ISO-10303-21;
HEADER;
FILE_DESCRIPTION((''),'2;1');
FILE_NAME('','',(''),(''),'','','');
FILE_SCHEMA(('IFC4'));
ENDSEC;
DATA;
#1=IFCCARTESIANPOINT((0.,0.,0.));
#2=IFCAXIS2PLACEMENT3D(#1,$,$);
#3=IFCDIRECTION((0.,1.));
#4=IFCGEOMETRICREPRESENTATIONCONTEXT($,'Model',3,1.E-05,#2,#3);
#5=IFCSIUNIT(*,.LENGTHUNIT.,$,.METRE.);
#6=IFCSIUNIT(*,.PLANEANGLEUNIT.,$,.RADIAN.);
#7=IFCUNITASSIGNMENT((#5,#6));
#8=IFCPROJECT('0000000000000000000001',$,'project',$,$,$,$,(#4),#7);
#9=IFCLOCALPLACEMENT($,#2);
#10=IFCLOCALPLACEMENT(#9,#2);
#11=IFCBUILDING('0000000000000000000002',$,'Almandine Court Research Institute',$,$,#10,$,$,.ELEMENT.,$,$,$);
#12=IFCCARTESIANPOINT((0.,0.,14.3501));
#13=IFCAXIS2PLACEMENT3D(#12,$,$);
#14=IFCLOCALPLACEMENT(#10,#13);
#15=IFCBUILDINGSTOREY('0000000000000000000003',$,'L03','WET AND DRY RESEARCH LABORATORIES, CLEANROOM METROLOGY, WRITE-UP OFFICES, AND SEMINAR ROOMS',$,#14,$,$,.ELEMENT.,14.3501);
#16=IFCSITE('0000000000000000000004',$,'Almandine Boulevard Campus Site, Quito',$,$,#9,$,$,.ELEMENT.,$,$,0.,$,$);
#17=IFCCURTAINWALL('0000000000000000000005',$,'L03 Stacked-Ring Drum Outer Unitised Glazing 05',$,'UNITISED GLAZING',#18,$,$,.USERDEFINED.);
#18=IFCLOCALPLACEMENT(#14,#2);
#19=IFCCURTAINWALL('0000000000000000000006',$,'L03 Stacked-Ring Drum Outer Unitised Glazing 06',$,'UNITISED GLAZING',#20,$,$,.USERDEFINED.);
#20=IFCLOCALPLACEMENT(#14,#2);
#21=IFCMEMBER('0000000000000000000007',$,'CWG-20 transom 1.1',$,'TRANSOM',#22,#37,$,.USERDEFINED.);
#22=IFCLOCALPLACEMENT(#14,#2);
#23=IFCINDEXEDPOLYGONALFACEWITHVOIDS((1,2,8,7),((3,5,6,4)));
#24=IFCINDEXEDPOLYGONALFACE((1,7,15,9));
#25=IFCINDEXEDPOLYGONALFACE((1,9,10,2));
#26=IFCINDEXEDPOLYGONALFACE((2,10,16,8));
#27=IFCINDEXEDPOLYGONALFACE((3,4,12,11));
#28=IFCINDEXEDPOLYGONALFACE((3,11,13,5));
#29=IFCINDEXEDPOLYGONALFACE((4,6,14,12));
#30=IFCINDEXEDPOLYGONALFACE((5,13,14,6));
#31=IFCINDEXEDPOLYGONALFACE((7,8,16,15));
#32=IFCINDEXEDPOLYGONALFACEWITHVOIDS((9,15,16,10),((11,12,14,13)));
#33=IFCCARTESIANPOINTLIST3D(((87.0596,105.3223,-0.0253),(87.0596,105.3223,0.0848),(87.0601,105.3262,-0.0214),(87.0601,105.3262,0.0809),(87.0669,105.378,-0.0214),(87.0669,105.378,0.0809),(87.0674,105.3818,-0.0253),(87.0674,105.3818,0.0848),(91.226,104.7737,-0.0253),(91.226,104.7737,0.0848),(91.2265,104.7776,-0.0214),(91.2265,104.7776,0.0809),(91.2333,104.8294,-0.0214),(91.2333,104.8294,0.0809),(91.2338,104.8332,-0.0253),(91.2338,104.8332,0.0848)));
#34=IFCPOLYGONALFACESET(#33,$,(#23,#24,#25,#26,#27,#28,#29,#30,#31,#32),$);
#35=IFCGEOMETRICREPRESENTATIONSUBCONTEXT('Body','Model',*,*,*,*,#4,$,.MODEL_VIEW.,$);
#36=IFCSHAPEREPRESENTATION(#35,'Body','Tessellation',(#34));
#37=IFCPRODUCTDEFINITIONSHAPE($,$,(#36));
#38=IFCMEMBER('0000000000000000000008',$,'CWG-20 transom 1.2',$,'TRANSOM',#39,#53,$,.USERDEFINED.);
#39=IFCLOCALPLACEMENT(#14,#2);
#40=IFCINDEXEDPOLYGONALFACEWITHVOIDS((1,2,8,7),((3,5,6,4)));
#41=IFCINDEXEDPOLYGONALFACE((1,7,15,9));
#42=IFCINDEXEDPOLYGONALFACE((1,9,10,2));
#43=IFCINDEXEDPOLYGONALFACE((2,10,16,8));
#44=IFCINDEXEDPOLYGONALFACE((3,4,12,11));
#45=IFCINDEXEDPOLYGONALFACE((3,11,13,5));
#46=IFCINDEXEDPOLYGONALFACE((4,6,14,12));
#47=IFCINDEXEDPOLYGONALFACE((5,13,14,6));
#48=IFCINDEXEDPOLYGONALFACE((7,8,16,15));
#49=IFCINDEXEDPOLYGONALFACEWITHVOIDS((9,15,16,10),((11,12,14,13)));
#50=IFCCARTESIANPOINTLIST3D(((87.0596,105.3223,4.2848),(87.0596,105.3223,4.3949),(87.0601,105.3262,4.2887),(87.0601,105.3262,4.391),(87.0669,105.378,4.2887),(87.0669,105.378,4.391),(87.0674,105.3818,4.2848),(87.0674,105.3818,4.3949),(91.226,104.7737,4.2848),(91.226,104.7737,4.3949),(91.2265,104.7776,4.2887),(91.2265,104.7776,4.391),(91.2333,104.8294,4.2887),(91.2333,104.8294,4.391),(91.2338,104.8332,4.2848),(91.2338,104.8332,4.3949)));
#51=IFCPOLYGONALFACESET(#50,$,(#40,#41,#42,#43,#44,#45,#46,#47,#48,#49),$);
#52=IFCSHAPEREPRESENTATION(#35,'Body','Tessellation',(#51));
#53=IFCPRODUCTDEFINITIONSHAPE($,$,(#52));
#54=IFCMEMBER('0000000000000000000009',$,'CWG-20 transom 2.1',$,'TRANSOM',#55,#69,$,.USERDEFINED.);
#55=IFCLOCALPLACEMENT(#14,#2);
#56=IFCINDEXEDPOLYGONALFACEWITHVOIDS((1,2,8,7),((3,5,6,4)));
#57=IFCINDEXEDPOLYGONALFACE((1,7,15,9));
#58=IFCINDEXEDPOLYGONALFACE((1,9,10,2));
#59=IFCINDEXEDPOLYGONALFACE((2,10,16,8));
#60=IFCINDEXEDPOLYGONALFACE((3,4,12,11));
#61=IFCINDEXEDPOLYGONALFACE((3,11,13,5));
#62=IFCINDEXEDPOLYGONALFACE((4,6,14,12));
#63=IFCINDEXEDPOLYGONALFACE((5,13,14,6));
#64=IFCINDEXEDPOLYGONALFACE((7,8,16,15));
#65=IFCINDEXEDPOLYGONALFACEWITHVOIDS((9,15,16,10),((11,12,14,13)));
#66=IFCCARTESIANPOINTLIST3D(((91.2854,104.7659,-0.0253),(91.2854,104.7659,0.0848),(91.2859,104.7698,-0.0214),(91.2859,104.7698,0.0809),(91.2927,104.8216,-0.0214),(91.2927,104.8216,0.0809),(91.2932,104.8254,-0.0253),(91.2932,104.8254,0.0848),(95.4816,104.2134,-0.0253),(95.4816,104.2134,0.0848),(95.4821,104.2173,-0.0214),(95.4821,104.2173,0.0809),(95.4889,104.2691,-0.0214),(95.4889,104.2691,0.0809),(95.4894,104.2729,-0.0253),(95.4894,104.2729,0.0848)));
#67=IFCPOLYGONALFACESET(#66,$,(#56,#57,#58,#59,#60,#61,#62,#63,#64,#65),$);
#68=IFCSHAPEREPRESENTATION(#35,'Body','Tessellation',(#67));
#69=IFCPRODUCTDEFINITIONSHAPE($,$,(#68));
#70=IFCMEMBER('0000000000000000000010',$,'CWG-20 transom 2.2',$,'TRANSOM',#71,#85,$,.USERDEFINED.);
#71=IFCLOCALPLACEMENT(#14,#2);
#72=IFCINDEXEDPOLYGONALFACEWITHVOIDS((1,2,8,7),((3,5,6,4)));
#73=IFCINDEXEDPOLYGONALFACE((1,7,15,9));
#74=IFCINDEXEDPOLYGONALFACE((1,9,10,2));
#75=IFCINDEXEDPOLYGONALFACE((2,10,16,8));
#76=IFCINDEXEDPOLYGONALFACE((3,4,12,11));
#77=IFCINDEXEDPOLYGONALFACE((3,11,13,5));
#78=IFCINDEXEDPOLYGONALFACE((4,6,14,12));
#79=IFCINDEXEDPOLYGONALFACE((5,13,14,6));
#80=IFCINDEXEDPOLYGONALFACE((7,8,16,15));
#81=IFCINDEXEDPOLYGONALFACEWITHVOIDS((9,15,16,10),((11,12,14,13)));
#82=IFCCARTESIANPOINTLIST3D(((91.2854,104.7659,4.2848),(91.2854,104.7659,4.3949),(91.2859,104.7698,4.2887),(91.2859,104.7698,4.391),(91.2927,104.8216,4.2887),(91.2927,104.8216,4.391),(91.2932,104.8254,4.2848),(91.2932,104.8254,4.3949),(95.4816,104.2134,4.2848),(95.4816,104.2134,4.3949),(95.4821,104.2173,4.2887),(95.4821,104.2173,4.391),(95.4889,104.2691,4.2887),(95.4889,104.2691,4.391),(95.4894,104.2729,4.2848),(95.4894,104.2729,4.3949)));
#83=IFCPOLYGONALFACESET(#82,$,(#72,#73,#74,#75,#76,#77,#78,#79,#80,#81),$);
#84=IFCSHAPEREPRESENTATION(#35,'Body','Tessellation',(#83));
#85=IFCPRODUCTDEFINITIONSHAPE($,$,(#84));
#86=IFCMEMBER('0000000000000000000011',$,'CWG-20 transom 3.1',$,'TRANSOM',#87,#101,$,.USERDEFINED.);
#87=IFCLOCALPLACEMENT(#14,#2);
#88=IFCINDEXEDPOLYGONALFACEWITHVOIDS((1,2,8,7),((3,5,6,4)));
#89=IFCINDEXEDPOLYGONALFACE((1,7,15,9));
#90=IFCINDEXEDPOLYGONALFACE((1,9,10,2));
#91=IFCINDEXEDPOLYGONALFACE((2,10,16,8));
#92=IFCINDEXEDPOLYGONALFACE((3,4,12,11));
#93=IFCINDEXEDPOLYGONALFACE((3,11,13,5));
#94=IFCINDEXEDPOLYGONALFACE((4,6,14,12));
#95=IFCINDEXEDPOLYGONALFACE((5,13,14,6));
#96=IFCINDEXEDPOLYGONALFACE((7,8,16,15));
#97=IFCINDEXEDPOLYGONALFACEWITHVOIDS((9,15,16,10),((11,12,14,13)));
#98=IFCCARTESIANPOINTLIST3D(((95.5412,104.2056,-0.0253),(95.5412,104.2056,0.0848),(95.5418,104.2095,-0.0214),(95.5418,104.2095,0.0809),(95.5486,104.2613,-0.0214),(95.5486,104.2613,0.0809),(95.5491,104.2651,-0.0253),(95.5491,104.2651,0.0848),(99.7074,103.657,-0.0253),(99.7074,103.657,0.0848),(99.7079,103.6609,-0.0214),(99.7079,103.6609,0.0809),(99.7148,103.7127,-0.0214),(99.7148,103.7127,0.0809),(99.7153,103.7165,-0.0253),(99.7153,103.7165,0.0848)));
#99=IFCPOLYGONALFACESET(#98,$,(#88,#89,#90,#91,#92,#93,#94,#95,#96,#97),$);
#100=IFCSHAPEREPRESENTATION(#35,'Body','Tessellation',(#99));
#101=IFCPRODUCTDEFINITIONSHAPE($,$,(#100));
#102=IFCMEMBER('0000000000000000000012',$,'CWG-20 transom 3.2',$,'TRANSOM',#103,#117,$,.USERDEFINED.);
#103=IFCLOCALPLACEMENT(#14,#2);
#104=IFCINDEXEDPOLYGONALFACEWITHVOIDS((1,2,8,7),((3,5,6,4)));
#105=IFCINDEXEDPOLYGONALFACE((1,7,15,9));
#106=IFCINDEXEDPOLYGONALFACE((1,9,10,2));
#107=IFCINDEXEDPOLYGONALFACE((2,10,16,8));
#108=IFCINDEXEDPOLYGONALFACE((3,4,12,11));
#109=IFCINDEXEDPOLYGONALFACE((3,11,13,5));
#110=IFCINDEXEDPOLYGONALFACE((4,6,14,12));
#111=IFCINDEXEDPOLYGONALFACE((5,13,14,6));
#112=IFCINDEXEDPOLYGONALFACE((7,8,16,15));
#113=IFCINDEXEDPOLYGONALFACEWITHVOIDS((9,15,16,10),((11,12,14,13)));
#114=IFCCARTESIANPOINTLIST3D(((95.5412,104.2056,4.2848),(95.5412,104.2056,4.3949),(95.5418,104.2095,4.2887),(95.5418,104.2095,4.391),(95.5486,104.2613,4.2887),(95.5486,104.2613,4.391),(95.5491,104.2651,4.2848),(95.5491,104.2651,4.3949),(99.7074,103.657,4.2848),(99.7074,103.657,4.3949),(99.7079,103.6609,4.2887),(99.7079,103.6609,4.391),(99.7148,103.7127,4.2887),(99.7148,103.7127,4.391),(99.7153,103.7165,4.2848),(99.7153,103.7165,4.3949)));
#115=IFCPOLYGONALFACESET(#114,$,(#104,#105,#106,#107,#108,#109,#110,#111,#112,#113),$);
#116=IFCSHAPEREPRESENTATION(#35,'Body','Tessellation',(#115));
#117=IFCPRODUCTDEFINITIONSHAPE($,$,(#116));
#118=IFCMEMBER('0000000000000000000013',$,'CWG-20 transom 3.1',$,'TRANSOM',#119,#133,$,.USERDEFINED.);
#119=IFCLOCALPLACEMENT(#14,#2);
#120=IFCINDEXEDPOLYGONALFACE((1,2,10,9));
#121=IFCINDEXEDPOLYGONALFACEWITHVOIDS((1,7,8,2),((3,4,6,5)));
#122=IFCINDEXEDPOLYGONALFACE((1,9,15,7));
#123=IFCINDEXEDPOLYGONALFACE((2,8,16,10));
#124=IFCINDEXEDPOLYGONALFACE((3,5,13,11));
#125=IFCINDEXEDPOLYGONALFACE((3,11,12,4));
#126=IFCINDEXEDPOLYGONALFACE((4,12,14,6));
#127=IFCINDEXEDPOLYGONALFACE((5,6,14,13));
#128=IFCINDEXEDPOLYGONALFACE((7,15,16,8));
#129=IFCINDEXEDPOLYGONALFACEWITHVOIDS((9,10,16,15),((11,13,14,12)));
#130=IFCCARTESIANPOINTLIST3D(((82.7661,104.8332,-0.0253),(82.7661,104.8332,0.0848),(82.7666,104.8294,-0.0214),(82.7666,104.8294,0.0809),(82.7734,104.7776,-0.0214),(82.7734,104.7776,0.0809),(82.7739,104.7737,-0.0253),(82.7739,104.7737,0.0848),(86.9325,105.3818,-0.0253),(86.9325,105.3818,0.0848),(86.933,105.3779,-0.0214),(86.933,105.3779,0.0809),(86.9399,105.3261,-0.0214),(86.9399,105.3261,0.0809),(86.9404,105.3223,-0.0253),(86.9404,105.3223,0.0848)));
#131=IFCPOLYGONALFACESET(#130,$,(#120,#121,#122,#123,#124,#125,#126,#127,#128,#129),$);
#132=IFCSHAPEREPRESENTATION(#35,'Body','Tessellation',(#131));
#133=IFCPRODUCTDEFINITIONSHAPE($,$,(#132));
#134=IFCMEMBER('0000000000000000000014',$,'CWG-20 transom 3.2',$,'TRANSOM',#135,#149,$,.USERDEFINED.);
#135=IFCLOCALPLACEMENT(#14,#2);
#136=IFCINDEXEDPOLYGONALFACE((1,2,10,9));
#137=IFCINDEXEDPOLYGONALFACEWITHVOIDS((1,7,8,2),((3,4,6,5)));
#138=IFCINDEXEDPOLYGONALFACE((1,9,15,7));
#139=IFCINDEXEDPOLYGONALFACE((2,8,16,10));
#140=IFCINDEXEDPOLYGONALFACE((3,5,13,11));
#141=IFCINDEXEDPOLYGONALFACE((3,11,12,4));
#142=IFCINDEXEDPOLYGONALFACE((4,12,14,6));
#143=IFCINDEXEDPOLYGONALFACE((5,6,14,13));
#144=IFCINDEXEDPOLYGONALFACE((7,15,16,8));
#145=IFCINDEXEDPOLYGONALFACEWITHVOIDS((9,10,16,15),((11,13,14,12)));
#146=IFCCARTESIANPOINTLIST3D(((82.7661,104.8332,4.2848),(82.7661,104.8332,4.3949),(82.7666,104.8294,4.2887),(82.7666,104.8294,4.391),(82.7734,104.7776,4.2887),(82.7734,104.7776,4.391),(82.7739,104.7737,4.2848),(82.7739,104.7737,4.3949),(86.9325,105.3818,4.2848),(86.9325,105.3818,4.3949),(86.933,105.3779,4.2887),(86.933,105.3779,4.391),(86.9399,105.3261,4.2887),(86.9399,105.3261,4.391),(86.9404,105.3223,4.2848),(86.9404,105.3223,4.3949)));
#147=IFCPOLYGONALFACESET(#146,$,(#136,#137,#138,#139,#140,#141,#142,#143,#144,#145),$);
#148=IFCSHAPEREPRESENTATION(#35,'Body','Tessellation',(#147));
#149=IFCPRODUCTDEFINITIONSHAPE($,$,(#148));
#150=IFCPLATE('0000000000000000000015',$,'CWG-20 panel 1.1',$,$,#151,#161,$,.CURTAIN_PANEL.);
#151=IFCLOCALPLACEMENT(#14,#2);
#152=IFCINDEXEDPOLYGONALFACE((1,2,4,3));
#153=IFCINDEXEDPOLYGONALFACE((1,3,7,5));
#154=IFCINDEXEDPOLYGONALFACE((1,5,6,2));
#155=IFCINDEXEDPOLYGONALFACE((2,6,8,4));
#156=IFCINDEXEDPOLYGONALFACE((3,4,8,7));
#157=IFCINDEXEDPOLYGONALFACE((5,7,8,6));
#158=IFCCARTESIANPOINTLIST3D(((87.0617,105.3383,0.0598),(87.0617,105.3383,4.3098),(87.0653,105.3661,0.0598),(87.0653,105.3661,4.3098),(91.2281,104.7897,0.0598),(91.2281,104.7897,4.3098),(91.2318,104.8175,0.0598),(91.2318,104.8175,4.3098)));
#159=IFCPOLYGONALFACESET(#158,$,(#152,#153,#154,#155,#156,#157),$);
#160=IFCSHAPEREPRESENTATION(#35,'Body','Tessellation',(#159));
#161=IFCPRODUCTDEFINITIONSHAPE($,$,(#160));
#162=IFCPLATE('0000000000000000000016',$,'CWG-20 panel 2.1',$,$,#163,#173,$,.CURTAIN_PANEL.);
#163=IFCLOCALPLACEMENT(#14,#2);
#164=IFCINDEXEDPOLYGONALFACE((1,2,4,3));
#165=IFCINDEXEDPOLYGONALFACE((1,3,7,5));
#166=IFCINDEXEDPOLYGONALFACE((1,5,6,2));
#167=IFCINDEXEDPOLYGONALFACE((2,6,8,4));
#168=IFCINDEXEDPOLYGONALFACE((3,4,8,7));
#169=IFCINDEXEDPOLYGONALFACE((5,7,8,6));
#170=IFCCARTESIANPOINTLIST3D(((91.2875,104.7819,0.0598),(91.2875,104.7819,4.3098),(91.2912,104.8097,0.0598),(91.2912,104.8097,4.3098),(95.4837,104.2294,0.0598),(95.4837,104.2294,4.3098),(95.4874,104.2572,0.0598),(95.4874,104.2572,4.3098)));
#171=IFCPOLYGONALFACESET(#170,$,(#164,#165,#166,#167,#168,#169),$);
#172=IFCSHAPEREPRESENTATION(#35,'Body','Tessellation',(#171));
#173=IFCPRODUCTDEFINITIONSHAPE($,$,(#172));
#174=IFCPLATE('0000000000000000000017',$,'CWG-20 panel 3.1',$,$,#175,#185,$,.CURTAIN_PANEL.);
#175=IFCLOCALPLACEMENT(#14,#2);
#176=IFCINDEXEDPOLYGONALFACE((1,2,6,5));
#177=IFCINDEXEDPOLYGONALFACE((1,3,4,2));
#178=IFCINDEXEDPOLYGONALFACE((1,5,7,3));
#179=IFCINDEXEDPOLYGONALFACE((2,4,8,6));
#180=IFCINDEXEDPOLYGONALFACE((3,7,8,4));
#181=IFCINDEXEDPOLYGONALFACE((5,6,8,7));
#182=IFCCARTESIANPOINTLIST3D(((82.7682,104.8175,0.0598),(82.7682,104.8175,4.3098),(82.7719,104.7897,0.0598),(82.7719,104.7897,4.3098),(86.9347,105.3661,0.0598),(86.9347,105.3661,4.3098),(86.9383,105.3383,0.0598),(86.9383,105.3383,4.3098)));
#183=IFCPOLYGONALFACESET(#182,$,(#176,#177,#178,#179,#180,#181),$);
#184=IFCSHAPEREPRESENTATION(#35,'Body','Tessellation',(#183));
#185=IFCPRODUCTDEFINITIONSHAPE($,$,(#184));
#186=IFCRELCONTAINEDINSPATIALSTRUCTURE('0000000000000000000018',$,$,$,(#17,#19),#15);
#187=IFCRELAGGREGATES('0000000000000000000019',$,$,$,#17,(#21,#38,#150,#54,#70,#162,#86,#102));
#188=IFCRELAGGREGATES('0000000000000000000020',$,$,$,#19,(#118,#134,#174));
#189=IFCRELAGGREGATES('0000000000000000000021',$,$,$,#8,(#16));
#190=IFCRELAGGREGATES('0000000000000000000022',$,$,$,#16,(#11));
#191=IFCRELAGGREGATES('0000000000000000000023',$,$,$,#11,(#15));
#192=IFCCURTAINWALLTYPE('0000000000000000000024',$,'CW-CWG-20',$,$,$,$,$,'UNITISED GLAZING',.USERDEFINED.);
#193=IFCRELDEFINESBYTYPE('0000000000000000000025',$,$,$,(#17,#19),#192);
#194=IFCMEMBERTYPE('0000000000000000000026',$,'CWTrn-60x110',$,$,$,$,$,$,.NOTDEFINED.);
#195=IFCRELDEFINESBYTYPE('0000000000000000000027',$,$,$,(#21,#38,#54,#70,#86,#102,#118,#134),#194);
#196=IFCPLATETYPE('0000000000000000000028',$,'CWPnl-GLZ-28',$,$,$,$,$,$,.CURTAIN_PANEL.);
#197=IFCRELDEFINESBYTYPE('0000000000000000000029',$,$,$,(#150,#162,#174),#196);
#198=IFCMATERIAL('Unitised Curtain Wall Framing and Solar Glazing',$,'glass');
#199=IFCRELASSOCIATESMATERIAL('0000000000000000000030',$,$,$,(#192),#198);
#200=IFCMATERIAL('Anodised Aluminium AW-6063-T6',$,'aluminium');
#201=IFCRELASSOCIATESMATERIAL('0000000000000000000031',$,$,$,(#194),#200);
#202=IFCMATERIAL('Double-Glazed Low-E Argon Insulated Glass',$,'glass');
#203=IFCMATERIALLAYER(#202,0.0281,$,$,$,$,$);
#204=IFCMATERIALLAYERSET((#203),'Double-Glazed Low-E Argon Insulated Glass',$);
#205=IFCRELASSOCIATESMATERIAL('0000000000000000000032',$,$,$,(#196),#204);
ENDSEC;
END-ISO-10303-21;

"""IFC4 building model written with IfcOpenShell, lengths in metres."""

from ifc_helpers import new_model, si_unit, direction, frame, origin, origin_2d, place, context, subcontext, project, spatial, rectangle, hollow_rectangle, extrude, material, layer, layer_set, material_profile, profile_set, type_object, element, aggregate, save


model = new_model("IFC4")

# Units and contexts
model_context = context("Model", 3, precision=1e-05, world=origin(), true_north=direction((0.0, 1.0)))
body_context = subcontext(model_context, "Body", "Model", "MODEL_VIEW")
ifc_project = project(units=[si_unit("LENGTHUNIT", "METRE"), si_unit("PLANEANGLEUNIT", "RADIAN")], contexts=[model_context])

# Site, building, storey
site_placement = place(None, origin())
site = spatial("IfcSite", under=ifc_project, at=site_placement, Name="Almandine Boulevard Campus Site, Quito", CompositionType="ELEMENT", RefElevation=0.0)
building_placement = place(site_placement, origin())
building = spatial("IfcBuilding", under=site, at=building_placement, Name="Almandine Court Research Institute", CompositionType="ELEMENT")
storey_placement = place(building_placement, frame((0.0, 0.0, 14.3501)))
storey = spatial("IfcBuildingStorey", under=building, at=storey_placement, Name="L03", Description="WET AND DRY RESEARCH LABORATORIES, CLEANROOM METROLOGY, WRITE-UP OFFICES, AND SEMINAR ROOMS", CompositionType="ELEMENT", Elevation=14.3501)

# Curtain walls
ifc_material_1 = material(Name="Unitised Curtain Wall Framing and Solar Glazing", Category="glass")
curtain_wall_type = type_object("IfcCurtainWallType", Name="CW-CWG-20", ElementType="UNITISED GLAZING", PredefinedType="USERDEFINED", material=ifc_material_1)
curtain_wall_1_placement = place(storey_placement, origin())
curtain_wall_1 = element("IfcCurtainWall", 1, at=curtain_wall_1_placement, inside=storey, type_object=curtain_wall_type, Name="L03 Stacked-Ring Drum Outer Unitised Glazing 05", ObjectType="UNITISED GLAZING", PredefinedType="USERDEFINED")
ifc_material_2 = material(Name="Anodised Aluminium AW-6063-T6", Category="aluminium")
curtain_wall_2_placement = place(storey_placement, origin())
curtain_wall_2 = element("IfcCurtainWall", 2, at=curtain_wall_2_placement, inside=storey, type_object=curtain_wall_type, Name="L03 Stacked-Ring Drum Outer Unitised Glazing 06", ObjectType="UNITISED GLAZING", PredefinedType="USERDEFINED")

# Members
ifc_material_profile_1 = material_profile(ifc_material_2, hollow_rectangle(XDim=0.0601, YDim=0.1101, WallThickness=0.0039, at=origin_2d()), Name="ALU RHS 60x110x4")
ifc_profile_set_1 = profile_set([ifc_material_profile_1], Name="Anodised Aluminium AW-6063-T6")
member_type_1 = type_object("IfcMemberType", Name="CWTrn-60x110", PredefinedType="NOTDEFINED", material=ifc_profile_set_1)
member_1_placement = place(storey_placement, frame((87.0635, 105.3521, 0.0298), z_axis=(0.991443, -0.130539, 0.0), x_axis=(0.130539, 0.991443, 0.0)))
member_1 = element("IfcMember", 3, at=member_1_placement, type_object=member_type_1, Name="CWG-20 transom 1.1", ObjectType="TRANSOM", PredefinedType="USERDEFINED", context=body_context, shape_type="SweptSolid", body=[
    extrude(hollow_rectangle(XDim=0.0601, YDim=0.1101, WallThickness=0.0039, at=origin_2d()), origin(), (0.0, 0.0, 1.0), 4.2024),
])
member_2_placement = place(storey_placement, frame((87.0635, 105.3521, 4.3398), z_axis=(0.991443, -0.130539, 0.0), x_axis=(0.130539, 0.991443, 0.0)))
member_2 = element("IfcMember", 4, at=member_2_placement, type_object=member_type_1, Name="CWG-20 transom 1.2", ObjectType="TRANSOM", PredefinedType="USERDEFINED", context=body_context, shape_type="SweptSolid", body=[
    extrude(hollow_rectangle(XDim=0.0601, YDim=0.1101, WallThickness=0.0039, at=origin_2d()), origin(), (0.0, 0.0, 1.0), 4.2024),
])
member_3_placement = place(storey_placement, frame((91.2893, 104.7957, 0.0298), z_axis=(0.991444, -0.130535, 0.0), x_axis=(0.130535, 0.991444, 0.0)))
member_3 = element("IfcMember", 5, at=member_3_placement, type_object=member_type_1, Name="CWG-20 transom 2.1", ObjectType="TRANSOM", PredefinedType="USERDEFINED", context=body_context, shape_type="SweptSolid", body=[
    extrude(hollow_rectangle(XDim=0.0601, YDim=0.1101, WallThickness=0.0039, at=origin_2d()), origin(), (0.0, 0.0, 1.0), 4.2324),
])
member_4_placement = place(storey_placement, frame((91.2893, 104.7957, 4.3398), z_axis=(0.991444, -0.130535, 0.0), x_axis=(0.130535, 0.991444, 0.0)))
member_4 = element("IfcMember", 6, at=member_4_placement, type_object=member_type_1, Name="CWG-20 transom 2.2", ObjectType="TRANSOM", PredefinedType="USERDEFINED", context=body_context, shape_type="SweptSolid", body=[
    extrude(hollow_rectangle(XDim=0.0601, YDim=0.1101, WallThickness=0.0039, at=origin_2d()), origin(), (0.0, 0.0, 1.0), 4.2324),
])
member_5_placement = place(storey_placement, frame((95.5452, 104.2354, 0.0298), z_axis=(0.991442, -0.130546, 0.0), x_axis=(0.130546, 0.991442, 0.0)))
member_5 = element("IfcMember", 7, at=member_5_placement, type_object=member_type_1, Name="CWG-20 transom 3.1", ObjectType="TRANSOM", PredefinedType="USERDEFINED", context=body_context, shape_type="SweptSolid", body=[
    extrude(hollow_rectangle(XDim=0.0601, YDim=0.1101, WallThickness=0.0039, at=origin_2d()), origin(), (0.0, 0.0, 1.0), 4.2021),
])
member_6_placement = place(storey_placement, frame((95.5452, 104.2354, 4.3398), z_axis=(0.991442, -0.130546, 0.0), x_axis=(0.130546, 0.991442, 0.0)))
member_6 = element("IfcMember", 8, at=member_6_placement, type_object=member_type_1, Name="CWG-20 transom 3.2", ObjectType="TRANSOM", PredefinedType="USERDEFINED", context=body_context, shape_type="SweptSolid", body=[
    extrude(hollow_rectangle(XDim=0.0601, YDim=0.1101, WallThickness=0.0039, at=origin_2d()), origin(), (0.0, 0.0, 1.0), 4.2021),
])
member_7_placement = place(storey_placement, frame((82.77, 104.8035, 0.0298), z_axis=(0.991443, 0.130539, 0.0), x_axis=(-0.130539, 0.991443, 0.0)))
member_7 = element("IfcMember", 9, at=member_7_placement, type_object=member_type_1, Name="CWG-20 transom 3.1", ObjectType="TRANSOM", PredefinedType="USERDEFINED", context=body_context, shape_type="SweptSolid", body=[
    extrude(hollow_rectangle(XDim=0.0601, YDim=0.1101, WallThickness=0.0039, at=origin_2d()), origin(), (0.0, 0.0, 1.0), 4.2024),
])
member_8_placement = place(storey_placement, frame((82.77, 104.8035, 4.3398), z_axis=(0.991443, 0.130539, 0.0), x_axis=(-0.130539, 0.991443, 0.0)))
member_8 = element("IfcMember", 10, at=member_8_placement, type_object=member_type_1, Name="CWG-20 transom 3.2", ObjectType="TRANSOM", PredefinedType="USERDEFINED", context=body_context, shape_type="SweptSolid", body=[
    extrude(hollow_rectangle(XDim=0.0601, YDim=0.1101, WallThickness=0.0039, at=origin_2d()), origin(), (0.0, 0.0, 1.0), 4.2024),
])

# Plates
ifc_material_3 = material(Name="Double-Glazed Low-E Argon Insulated Glass", Category="glass")
ifc_layer_1 = layer(ifc_material_3, 0.0281)
ifc_layer_set_1 = layer_set([ifc_layer_1], Name="Double-Glazed Low-E Argon Insulated Glass")
plate_type = type_object("IfcPlateType", Name="CWPnl-GLZ-28", PredefinedType="CURTAIN_PANEL", material=ifc_layer_set_1)
plate_1_placement = place(storey_placement, frame((89.1467, 105.0779, 0.0598), z_axis=(0.0, 0.0, 1.0), x_axis=(0.991443, -0.130541, 0.0)))
plate_1 = element("IfcPlate", 11, at=plate_1_placement, type_object=plate_type, Name="CWG-20 panel 1.1", PredefinedType="CURTAIN_PANEL", context=body_context, shape_type="SweptSolid", body=[
    extrude(rectangle(XDim=4.2024, YDim=0.0281, at=origin_2d()), origin(), (0.0, 0.0, 1.0), 4.25),
])
plate_2_placement = place(storey_placement, frame((93.3875, 104.5195, 0.0598), z_axis=(0.0, 0.0, 1.0), x_axis=(0.991443, -0.130541, 0.0)))
plate_2 = element("IfcPlate", 12, at=plate_2_placement, type_object=plate_type, Name="CWG-20 panel 2.1", PredefinedType="CURTAIN_PANEL", context=body_context, shape_type="SweptSolid", body=[
    extrude(rectangle(XDim=4.2324, YDim=0.0281, at=origin_2d()), origin(), (0.0, 0.0, 1.0), 4.25),
])
aggregate(curtain_wall_1, [member_1, member_2, plate_1, member_3, member_4, plate_2, member_5, member_6])
plate_3_placement = place(storey_placement, frame((84.8533, 105.0779, 0.0598), z_axis=(0.0, 0.0, 1.0), x_axis=(0.991443, 0.130541, 0.0)))
plate_3 = element("IfcPlate", 13, at=plate_3_placement, type_object=plate_type, Name="CWG-20 panel 3.1", PredefinedType="CURTAIN_PANEL", context=body_context, shape_type="SweptSolid", body=[
    extrude(rectangle(XDim=4.2024, YDim=0.0281, at=origin_2d()), origin(), (0.0, 0.0, 1.0), 4.25),
])
aggregate(curtain_wall_2, [member_7, member_8, plate_3])

save(model, "model.ifc")
